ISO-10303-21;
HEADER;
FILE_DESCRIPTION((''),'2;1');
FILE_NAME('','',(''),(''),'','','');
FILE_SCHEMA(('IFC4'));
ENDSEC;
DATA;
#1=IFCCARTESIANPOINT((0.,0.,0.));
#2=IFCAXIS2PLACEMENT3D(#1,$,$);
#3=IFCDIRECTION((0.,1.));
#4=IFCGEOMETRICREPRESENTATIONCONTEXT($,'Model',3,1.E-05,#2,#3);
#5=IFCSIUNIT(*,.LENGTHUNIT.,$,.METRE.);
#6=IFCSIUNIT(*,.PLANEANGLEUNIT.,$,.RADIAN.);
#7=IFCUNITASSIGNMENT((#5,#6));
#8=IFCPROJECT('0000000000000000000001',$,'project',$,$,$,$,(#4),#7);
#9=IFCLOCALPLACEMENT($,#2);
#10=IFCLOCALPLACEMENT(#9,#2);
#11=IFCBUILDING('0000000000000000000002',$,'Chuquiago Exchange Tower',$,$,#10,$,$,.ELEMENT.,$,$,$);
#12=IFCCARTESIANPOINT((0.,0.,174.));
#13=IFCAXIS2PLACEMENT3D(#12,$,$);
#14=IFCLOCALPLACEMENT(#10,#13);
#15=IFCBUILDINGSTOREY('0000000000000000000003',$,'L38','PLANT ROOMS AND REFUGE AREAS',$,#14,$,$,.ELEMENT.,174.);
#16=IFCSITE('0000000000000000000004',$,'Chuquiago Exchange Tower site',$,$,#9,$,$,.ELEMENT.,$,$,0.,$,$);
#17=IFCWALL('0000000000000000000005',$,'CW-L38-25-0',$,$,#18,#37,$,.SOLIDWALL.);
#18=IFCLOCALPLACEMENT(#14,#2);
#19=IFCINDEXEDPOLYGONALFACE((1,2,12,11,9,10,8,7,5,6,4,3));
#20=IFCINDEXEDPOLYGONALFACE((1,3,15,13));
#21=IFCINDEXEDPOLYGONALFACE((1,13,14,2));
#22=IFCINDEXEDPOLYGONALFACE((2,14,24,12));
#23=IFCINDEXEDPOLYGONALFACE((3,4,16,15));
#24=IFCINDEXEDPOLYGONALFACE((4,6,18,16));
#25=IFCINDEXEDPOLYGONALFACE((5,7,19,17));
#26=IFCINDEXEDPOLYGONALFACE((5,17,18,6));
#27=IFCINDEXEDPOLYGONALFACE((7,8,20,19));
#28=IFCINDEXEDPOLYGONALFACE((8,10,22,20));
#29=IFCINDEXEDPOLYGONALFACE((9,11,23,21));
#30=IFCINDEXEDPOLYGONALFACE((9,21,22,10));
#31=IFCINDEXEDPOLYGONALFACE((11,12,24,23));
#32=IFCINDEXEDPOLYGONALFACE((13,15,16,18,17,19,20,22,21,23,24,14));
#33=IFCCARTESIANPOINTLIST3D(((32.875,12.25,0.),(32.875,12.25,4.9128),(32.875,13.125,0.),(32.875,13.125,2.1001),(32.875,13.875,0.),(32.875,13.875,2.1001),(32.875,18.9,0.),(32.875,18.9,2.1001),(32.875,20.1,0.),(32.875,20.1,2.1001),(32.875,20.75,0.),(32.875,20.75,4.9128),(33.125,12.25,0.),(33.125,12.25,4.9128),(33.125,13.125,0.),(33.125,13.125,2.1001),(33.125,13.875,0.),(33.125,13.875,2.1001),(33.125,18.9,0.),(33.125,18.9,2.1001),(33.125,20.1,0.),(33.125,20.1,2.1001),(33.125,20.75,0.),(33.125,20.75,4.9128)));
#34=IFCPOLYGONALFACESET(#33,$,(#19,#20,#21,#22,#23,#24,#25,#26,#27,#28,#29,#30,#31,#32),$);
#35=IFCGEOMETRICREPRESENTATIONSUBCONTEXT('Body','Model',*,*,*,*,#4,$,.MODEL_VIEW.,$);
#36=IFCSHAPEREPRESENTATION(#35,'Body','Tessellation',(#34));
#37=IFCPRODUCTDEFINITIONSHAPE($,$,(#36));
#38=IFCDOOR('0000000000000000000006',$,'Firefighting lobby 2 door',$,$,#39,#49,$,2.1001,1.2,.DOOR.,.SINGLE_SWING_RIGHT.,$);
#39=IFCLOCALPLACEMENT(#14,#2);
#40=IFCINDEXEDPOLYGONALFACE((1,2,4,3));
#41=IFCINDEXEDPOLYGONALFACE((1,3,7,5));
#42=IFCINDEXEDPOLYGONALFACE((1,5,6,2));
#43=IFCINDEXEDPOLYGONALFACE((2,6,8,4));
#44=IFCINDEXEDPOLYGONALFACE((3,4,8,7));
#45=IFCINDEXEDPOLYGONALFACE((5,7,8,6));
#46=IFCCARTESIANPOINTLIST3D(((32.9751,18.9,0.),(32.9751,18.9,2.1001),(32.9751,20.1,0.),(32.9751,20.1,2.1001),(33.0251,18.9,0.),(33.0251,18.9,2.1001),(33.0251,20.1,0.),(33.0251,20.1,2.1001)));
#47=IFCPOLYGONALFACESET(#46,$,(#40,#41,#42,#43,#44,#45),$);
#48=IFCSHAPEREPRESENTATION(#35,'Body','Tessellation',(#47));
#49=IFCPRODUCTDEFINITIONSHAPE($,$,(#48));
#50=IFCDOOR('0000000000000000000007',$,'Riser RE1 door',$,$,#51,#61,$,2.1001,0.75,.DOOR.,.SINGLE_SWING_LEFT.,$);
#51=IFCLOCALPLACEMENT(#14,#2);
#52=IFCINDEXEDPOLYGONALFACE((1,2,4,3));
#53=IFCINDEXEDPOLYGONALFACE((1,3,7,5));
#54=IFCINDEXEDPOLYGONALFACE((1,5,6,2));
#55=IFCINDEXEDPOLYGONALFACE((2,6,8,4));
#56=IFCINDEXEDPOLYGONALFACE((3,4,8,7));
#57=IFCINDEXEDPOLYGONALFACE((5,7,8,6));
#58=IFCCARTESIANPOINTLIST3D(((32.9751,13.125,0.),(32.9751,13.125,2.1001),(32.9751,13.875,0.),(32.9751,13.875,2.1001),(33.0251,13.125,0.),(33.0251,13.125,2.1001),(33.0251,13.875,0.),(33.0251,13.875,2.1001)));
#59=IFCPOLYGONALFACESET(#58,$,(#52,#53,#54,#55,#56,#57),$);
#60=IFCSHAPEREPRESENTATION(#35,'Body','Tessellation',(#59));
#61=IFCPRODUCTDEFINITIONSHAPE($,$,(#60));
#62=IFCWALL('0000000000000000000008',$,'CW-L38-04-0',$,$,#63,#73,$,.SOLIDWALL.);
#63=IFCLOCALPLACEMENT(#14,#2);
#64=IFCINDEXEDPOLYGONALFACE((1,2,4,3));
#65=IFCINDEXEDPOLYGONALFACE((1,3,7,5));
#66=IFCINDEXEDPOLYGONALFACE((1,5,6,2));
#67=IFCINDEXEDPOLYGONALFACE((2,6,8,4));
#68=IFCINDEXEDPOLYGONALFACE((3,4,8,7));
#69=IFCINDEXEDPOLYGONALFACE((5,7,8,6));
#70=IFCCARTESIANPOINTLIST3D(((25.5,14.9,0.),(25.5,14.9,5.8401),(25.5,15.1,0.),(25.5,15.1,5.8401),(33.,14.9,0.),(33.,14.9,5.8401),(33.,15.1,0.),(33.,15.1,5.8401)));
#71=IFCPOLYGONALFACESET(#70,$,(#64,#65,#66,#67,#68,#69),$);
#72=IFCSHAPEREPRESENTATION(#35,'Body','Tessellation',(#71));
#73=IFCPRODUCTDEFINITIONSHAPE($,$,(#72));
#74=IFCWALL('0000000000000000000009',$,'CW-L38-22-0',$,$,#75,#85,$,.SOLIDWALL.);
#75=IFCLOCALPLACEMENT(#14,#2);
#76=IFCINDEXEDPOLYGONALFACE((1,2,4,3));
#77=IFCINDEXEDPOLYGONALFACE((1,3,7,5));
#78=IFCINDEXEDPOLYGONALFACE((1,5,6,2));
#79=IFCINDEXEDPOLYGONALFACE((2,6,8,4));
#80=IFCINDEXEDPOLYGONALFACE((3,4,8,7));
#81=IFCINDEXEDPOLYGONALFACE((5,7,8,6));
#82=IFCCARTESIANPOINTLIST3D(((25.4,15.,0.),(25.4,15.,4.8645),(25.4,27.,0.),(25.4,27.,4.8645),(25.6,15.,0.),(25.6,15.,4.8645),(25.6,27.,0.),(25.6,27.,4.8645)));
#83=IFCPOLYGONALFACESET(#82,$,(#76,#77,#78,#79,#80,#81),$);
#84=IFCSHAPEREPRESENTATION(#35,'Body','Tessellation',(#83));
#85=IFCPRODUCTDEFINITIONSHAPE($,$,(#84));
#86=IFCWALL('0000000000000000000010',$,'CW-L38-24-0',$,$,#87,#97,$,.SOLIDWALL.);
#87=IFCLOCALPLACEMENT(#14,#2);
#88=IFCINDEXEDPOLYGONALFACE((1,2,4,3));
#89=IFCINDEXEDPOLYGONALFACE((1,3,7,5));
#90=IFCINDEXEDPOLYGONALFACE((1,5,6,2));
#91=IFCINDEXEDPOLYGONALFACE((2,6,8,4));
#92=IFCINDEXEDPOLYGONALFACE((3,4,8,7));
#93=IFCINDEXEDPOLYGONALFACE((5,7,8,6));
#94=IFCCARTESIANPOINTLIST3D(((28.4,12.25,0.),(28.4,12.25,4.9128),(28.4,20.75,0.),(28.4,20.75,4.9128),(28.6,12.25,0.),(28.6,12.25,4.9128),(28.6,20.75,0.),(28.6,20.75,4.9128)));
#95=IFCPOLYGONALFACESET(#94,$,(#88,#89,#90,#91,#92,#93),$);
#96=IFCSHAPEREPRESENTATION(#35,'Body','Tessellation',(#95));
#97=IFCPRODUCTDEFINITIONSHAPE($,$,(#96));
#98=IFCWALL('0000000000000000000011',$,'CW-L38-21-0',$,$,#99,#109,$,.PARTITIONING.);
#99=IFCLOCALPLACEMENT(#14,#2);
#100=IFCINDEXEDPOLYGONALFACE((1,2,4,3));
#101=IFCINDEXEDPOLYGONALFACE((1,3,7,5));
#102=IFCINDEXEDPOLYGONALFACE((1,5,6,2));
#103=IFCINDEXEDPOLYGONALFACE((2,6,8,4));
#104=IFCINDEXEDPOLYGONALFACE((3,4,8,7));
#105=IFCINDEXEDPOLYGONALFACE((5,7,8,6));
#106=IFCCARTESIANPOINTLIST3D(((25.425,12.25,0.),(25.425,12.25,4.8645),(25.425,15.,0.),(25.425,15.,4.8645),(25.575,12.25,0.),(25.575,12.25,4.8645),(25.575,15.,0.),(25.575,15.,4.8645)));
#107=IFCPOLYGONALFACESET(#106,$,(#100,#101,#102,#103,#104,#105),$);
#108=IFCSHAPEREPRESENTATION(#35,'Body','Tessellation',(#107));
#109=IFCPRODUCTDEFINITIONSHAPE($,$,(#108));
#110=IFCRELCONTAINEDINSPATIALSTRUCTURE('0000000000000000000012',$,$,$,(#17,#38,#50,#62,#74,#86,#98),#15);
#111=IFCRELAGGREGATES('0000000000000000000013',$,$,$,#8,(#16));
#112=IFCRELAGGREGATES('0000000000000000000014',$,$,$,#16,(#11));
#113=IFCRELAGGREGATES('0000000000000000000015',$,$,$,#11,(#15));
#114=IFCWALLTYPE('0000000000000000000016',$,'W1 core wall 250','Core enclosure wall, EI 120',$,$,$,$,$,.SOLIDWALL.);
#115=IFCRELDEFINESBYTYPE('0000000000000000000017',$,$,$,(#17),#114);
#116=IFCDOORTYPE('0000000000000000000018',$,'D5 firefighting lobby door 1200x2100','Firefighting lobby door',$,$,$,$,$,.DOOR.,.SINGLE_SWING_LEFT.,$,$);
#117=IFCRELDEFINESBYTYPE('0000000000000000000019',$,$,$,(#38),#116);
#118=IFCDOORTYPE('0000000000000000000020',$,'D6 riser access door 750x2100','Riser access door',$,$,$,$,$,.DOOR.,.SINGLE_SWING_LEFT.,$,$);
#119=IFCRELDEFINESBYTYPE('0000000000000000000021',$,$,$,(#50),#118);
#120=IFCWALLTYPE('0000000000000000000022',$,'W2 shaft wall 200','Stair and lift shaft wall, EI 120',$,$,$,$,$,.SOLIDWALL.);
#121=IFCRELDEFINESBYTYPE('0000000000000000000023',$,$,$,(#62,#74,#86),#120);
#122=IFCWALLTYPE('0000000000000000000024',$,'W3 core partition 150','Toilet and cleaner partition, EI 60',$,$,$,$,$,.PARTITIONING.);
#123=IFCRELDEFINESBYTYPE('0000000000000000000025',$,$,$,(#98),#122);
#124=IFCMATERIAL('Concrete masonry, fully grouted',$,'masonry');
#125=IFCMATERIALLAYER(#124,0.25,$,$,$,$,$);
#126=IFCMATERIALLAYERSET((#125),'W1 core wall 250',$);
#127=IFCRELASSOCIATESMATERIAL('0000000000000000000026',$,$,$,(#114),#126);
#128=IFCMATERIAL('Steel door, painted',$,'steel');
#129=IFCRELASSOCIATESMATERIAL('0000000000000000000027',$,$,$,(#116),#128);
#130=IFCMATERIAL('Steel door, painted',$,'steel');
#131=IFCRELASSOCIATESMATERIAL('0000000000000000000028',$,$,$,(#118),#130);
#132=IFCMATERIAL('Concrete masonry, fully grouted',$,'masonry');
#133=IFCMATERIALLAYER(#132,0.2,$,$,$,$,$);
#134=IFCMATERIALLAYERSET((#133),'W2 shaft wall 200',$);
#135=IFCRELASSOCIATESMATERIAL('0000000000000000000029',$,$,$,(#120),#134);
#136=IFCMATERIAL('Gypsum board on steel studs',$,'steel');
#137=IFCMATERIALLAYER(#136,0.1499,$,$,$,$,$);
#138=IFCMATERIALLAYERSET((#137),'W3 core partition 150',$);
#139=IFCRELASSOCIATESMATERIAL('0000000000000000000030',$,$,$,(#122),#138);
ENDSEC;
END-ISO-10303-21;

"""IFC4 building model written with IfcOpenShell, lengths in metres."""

from ifc_helpers import new_model, si_unit, direction, frame, frame_2d, origin, place, context, subcontext, project, spatial, rectangle, extrude, material, layer, layer_set, type_object, element, fill, save


model = new_model("IFC4")

# Units and contexts
model_context = context("Model", 3, precision=1e-05, world=origin(), true_north=direction((0.0, 1.0)))
body_context = subcontext(model_context, "Body", "Model", "MODEL_VIEW")
ifc_project = project(units=[si_unit("LENGTHUNIT", "METRE"), si_unit("PLANEANGLEUNIT", "RADIAN")], contexts=[model_context])

# Site, building, storey
site_placement = place(None, origin())
site = spatial("IfcSite", under=ifc_project, at=site_placement, Name="Chuquiago Exchange Tower site", CompositionType="ELEMENT", RefElevation=0.0)
building_placement = place(site_placement, origin())
building = spatial("IfcBuilding", under=site, at=building_placement, Name="Chuquiago Exchange Tower", CompositionType="ELEMENT")
storey_placement = place(building_placement, frame((0.0, 0.0, 174.0)))
storey = spatial("IfcBuildingStorey", under=building, at=storey_placement, Name="L38", Description="PLANT ROOMS AND REFUGE AREAS", CompositionType="ELEMENT", Elevation=174.0)

# Shared definitions
ifc_material_1 = material(Name="Concrete masonry, fully grouted", Category="masonry")
ifc_layer_1 = layer(ifc_material_1, 0.25)
ifc_layer_set_1 = layer_set([ifc_layer_1], Name="W1 core wall 250")
wall_type_1 = type_object("IfcWallType", Name="W1 core wall 250", Description="Core enclosure wall, EI 120", PredefinedType="SOLIDWALL", material=ifc_layer_set_1)

# Wall, openings, doors
wall_1_placement = place(storey_placement, frame((33.0, 12.25, 0.0), z_axis=(0.0, 0.0, 1.0), x_axis=(0.0, 1.0, 0.0)))
wall_1 = element("IfcWall", 1, at=wall_1_placement, inside=storey, type_object=wall_type_1, Name="CW-L38-25-0", PredefinedType="SOLIDWALL", context=body_context, shape_type="SweptSolid", body=[
    extrude(rectangle(XDim=8.5, YDim=0.25, at=frame_2d((4.25, 0.0))), origin(), (0.0, 0.0, 1.0), 4.9128),
])
opening_1_placement = place(wall_1_placement, frame((6.6499, 0.0, 0.0)))
opening_1 = element("IfcOpeningElement", 2, at=opening_1_placement, cuts=wall_1, PredefinedType="OPENING", context=body_context, shape_type="SweptSolid", body=[
    extrude(rectangle(XDim=1.2, YDim=2.1001, at=frame_2d((0.6001, 1.05))), frame((0.0, 0.135, 0.0), z_axis=(0.0, -1.0, 0.0), x_axis=(1.0, 0.0, 0.0)), (0.0, 0.0, 1.0), 0.27),
])
opening_2_placement = place(wall_1_placement, frame((0.875, 0.0, 0.0)))
opening_2 = element("IfcOpeningElement", 3, at=opening_2_placement, cuts=wall_1, PredefinedType="OPENING", context=body_context, shape_type="SweptSolid", body=[
    extrude(rectangle(XDim=0.75, YDim=2.1001, at=frame_2d((0.375, 1.05))), frame((0.0, 0.135, 0.0), z_axis=(0.0, -1.0, 0.0), x_axis=(1.0, 0.0, 0.0)), (0.0, 0.0, 1.0), 0.27),
])
ifc_material_2 = material(Name="Steel door, painted", Category="steel")
door_type_1 = type_object("IfcDoorType", Name="D5 firefighting lobby door 1200x2100", Description="Firefighting lobby door", OperationType="SINGLE_SWING_LEFT", PredefinedType="DOOR", material=ifc_material_2)
door_1_placement = place(opening_1_placement, origin())
door_1 = element("IfcDoor", 4, at=door_1_placement, inside=storey, type_object=door_type_1, Name="Firefighting lobby 2 door", OperationType="SINGLE_SWING_RIGHT", OverallHeight=2.1001, OverallWidth=1.2, PredefinedType="DOOR", context=body_context, shape_type="SweptSolid", body=[
    extrude(rectangle(XDim=1.2, YDim=2.1001, at=frame_2d((0.6001, 1.05))), frame((0.0, 0.0249, 0.0), z_axis=(0.0, -1.0, 0.0), x_axis=(1.0, 0.0, 0.0)), (0.0, 0.0, 1.0), 0.05),
])
fill(opening_1, door_1)
ifc_material_3 = material(Name="Steel door, painted", Category="steel")
door_type_2 = type_object("IfcDoorType", Name="D6 riser access door 750x2100", Description="Riser access door", OperationType="SINGLE_SWING_LEFT", PredefinedType="DOOR", material=ifc_material_3)
door_2_placement = place(opening_2_placement, origin())
door_2 = element("IfcDoor", 5, at=door_2_placement, inside=storey, type_object=door_type_2, Name="Riser RE1 door", OperationType="SINGLE_SWING_LEFT", OverallHeight=2.1001, OverallWidth=0.75, PredefinedType="DOOR", context=body_context, shape_type="SweptSolid", body=[
    extrude(rectangle(XDim=0.75, YDim=2.1001, at=frame_2d((0.375, 1.05))), frame((0.0, 0.0249, 0.0), z_axis=(0.0, -1.0, 0.0), x_axis=(1.0, 0.0, 0.0)), (0.0, 0.0, 1.0), 0.05),
])
fill(opening_2, door_2)

# Walls
ifc_material_4 = material(Name="Concrete masonry, fully grouted", Category="masonry")
ifc_layer_2 = layer(ifc_material_4, 0.2)
ifc_layer_set_2 = layer_set([ifc_layer_2], Name="W2 shaft wall 200")
wall_type_2 = type_object("IfcWallType", Name="W2 shaft wall 200", Description="Stair and lift shaft wall, EI 120", PredefinedType="SOLIDWALL", material=ifc_layer_set_2)
wall_2_placement = place(storey_placement, frame((25.5, 15.0, 0.0), z_axis=(0.0, 0.0, 1.0), x_axis=(1.0, 0.0, 0.0)))
element("IfcWall", 6, at=wall_2_placement, inside=storey, type_object=wall_type_2, Name="CW-L38-04-0", PredefinedType="SOLIDWALL", context=body_context, shape_type="SweptSolid", body=[
    extrude(rectangle(XDim=7.5, YDim=0.2, at=frame_2d((3.75, 0.0))), origin(), (0.0, 0.0, 1.0), 5.8401),
])
wall_3_placement = place(storey_placement, frame((25.5, 15.0, 0.0), z_axis=(0.0, 0.0, 1.0), x_axis=(0.0, 1.0, 0.0)))
element("IfcWall", 7, at=wall_3_placement, inside=storey, type_object=wall_type_2, Name="CW-L38-22-0", PredefinedType="SOLIDWALL", context=body_context, shape_type="SweptSolid", body=[
    extrude(rectangle(XDim=12.0, YDim=0.2, at=frame_2d((6.0, 0.0))), origin(), (0.0, 0.0, 1.0), 4.8645),
])
wall_4_placement = place(storey_placement, frame((28.5, 12.25, 0.0), z_axis=(0.0, 0.0, 1.0), x_axis=(0.0, 1.0, 0.0)))
element("IfcWall", 8, at=wall_4_placement, inside=storey, type_object=wall_type_2, Name="CW-L38-24-0", PredefinedType="SOLIDWALL", context=body_context, shape_type="SweptSolid", body=[
    extrude(rectangle(XDim=8.5, YDim=0.2, at=frame_2d((4.25, 0.0))), origin(), (0.0, 0.0, 1.0), 4.9128),
])
ifc_material_5 = material(Name="Gypsum board on steel studs", Category="steel")
ifc_layer_3 = layer(ifc_material_5, 0.1499)
ifc_layer_set_3 = layer_set([ifc_layer_3], Name="W3 core partition 150")
wall_type_3 = type_object("IfcWallType", Name="W3 core partition 150", Description="Toilet and cleaner partition, EI 60", PredefinedType="PARTITIONING", material=ifc_layer_set_3)
wall_5_placement = place(storey_placement, frame((25.5, 12.25, 0.0), z_axis=(0.0, 0.0, 1.0), x_axis=(0.0, 1.0, 0.0)))
element("IfcWall", 9, at=wall_5_placement, inside=storey, type_object=wall_type_3, Name="CW-L38-21-0", PredefinedType="PARTITIONING", context=body_context, shape_type="SweptSolid", body=[
    extrude(rectangle(XDim=2.75, YDim=0.1499, at=frame_2d((1.375, 0.0))), origin(), (0.0, 0.0, 1.0), 4.8645),
])

save(model, "model.ifc")
